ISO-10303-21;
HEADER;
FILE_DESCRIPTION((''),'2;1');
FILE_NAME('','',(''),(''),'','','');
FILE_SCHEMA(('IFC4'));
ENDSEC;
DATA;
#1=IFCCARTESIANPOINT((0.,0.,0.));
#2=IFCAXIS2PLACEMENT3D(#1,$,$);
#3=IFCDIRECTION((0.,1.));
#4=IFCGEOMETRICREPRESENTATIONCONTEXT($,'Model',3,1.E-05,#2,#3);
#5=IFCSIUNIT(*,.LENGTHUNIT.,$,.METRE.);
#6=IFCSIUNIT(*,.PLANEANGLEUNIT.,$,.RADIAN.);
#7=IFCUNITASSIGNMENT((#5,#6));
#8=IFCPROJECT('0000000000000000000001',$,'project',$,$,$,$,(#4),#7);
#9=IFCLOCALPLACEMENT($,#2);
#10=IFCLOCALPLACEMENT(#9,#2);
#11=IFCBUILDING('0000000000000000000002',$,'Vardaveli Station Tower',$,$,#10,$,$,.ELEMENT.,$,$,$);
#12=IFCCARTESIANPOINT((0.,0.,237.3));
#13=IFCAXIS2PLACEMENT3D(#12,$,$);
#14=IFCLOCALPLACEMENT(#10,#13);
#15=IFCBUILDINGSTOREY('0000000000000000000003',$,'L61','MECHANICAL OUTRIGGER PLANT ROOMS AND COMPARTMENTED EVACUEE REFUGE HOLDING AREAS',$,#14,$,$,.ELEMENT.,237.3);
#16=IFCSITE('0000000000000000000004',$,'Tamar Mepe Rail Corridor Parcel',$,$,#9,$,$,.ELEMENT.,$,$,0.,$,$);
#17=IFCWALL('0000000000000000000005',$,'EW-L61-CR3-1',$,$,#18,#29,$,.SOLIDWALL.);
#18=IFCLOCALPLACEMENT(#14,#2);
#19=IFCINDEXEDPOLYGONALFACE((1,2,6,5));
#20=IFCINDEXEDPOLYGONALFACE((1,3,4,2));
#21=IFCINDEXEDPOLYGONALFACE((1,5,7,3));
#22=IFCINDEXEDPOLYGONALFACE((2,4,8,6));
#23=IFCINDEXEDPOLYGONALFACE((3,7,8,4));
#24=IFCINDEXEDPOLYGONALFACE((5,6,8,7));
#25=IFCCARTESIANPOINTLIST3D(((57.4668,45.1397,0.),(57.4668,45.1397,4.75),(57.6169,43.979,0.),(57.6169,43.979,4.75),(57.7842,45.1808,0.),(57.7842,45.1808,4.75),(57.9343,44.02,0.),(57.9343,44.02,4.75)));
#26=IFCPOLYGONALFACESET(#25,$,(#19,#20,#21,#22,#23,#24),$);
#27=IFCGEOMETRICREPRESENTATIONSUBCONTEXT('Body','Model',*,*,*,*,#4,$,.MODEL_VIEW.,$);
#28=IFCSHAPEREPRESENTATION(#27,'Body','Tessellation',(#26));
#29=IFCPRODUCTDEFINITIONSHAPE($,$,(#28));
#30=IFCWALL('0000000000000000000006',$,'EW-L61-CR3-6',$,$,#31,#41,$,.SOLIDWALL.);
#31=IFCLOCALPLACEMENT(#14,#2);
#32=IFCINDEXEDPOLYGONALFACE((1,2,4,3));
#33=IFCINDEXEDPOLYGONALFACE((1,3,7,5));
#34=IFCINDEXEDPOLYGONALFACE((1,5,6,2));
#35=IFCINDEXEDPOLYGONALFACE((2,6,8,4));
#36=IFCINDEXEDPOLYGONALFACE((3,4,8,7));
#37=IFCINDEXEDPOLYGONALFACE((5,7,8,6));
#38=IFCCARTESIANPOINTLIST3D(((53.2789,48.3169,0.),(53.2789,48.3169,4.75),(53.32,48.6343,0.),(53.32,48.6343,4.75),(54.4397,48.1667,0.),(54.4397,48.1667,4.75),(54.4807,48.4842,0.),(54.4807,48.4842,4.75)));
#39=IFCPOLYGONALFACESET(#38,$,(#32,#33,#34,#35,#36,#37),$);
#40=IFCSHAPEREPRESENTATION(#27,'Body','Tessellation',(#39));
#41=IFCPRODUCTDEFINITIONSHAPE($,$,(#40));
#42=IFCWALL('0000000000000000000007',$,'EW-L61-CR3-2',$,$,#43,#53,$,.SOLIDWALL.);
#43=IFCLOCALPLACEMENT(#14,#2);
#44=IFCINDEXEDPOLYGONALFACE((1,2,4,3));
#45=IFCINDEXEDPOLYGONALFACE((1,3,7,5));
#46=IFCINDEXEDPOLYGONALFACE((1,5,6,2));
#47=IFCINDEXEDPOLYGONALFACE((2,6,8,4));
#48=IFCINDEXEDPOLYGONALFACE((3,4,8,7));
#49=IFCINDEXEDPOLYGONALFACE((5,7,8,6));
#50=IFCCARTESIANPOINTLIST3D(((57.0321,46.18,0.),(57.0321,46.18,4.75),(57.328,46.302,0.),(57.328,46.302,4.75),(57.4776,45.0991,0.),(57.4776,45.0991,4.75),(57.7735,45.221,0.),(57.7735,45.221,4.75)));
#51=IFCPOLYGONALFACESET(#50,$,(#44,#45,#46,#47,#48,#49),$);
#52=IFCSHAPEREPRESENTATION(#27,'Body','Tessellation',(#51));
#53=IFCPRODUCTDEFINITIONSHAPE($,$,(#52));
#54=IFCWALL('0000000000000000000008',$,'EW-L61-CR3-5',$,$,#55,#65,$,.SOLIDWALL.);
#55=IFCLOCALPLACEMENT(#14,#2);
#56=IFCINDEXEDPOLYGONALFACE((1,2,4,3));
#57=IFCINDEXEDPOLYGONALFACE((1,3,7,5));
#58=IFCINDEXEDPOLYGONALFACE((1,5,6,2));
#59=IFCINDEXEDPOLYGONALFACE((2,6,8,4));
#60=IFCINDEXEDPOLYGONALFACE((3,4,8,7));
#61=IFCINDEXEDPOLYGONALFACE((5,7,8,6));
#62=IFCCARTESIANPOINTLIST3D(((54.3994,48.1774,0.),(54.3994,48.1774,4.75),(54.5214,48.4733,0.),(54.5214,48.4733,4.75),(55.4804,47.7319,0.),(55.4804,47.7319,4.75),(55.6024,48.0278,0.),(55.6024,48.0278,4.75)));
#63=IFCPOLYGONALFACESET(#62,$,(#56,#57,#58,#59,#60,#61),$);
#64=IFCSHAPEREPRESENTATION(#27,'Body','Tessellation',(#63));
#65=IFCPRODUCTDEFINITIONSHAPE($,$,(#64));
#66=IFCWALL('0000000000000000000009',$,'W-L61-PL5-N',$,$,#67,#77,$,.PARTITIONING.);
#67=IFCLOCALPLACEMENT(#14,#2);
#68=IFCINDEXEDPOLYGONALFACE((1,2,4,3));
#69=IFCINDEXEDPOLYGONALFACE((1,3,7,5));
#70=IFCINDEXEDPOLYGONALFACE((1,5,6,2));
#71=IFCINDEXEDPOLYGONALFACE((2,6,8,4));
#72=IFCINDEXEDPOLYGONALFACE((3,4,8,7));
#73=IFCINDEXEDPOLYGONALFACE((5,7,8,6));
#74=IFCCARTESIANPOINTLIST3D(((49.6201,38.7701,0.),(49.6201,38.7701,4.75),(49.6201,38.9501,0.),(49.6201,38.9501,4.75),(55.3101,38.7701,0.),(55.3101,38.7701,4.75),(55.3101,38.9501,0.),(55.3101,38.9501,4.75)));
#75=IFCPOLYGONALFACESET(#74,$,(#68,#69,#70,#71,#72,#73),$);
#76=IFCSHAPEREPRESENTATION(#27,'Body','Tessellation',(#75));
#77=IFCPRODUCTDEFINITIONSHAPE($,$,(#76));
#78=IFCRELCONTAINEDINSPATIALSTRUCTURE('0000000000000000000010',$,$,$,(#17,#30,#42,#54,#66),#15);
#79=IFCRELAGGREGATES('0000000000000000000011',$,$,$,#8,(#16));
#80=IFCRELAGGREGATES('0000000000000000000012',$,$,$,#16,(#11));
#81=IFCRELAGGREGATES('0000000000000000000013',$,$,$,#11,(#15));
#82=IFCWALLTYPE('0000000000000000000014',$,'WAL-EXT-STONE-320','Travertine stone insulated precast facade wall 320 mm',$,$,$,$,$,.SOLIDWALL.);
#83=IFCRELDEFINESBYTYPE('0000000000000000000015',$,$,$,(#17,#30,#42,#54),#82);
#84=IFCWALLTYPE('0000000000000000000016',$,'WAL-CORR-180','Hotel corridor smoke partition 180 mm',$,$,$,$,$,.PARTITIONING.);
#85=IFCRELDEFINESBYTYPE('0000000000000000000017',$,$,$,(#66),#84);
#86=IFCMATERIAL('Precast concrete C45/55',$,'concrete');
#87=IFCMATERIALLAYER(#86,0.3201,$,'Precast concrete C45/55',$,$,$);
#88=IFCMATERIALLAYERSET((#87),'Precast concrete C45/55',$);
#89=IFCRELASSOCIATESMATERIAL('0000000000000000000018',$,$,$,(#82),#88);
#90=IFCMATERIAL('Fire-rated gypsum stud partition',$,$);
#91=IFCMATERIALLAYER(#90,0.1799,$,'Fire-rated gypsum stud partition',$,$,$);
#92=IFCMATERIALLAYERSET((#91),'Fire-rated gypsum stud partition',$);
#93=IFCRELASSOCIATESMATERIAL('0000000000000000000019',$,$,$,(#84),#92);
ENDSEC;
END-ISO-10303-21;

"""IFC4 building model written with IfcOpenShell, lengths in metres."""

from ifc_helpers import new_model, si_unit, direction, frame, frame_2d, origin, place, context, subcontext, project, spatial, rectangle, extrude, source, transform, mapped, material, layer, layer_set, type_object, element, save


model = new_model("IFC4")

# Units and contexts
model_context = context("Model", 3, precision=1e-05, world=origin(), true_north=direction((0.0, 1.0)))
body_context = subcontext(model_context, "Body", "Model", "MODEL_VIEW")
ifc_project = project(units=[si_unit("LENGTHUNIT", "METRE"), si_unit("PLANEANGLEUNIT", "RADIAN")], contexts=[model_context])

# Site, building, storey
site_placement = place(None, origin())
site = spatial("IfcSite", under=ifc_project, at=site_placement, Name="Tamar Mepe Rail Corridor Parcel", CompositionType="ELEMENT", RefElevation=0.0)
building_placement = place(site_placement, origin())
building = spatial("IfcBuilding", under=site, at=building_placement, Name="Vardaveli Station Tower", CompositionType="ELEMENT")
storey_placement = place(building_placement, frame((0.0, 0.0, 237.3)))
storey = spatial("IfcBuildingStorey", under=building, at=storey_placement, Name="L61", Description="MECHANICAL OUTRIGGER PLANT ROOMS AND COMPARTMENTED EVACUEE REFUGE HOLDING AREAS", CompositionType="ELEMENT", Elevation=237.3)

# Walls
ifc_material_1 = material(Name="Precast concrete C45/55", Category="concrete")
ifc_layer_1 = layer(ifc_material_1, 0.3201, Name="Precast concrete C45/55")
ifc_layer_set_1 = layer_set([ifc_layer_1], Name="Precast concrete C45/55")
wall_type_1 = type_object("IfcWallType", Name="WAL-EXT-STONE-320", Description="Travertine stone insulated precast facade wall 320 mm", PredefinedType="SOLIDWALL", material=ifc_layer_set_1)
shared_shape_1 = source(origin(), body_context, "Body", "SweptSolid", [
    extrude(rectangle(XDim=1.1704, YDim=0.3201, at=frame_2d((0.5852, 0.0))), origin(), (0.0, 0.0, 1.0), 4.75),
])
for number, where, z_axis, x_axis, name in (
    (1, (57.7756, 43.9995, 0.0), (0.0, 0.0, 1.0), (-0.128296, 0.991736, 0.0), "EW-L61-CR3-1"),
    (2, (54.4602, 48.3254, 0.0), (0.0, 0.0, 1.0), (-0.991736, 0.128296, 0.0), "EW-L61-CR3-6"),
):
    element("IfcWall", number, at=place(storey_placement, frame(where, z_axis=z_axis, x_axis=x_axis)), inside=storey, type_object=wall_type_1, Name=name, PredefinedType="SOLIDWALL", context=body_context, shape_type="MappedRepresentation", body=[
        mapped(shared_shape_1, transform((0.0, 0.0, 0.0), scale=1.0)),
    ])
shared_shape_2 = source(origin(), body_context, "Body", "SweptSolid", [
    extrude(rectangle(XDim=1.1692, YDim=0.3201, at=frame_2d((0.5845, 0.0))), origin(), (0.0, 0.0, 1.0), 4.75),
])
for number, where, z_axis, x_axis, name in (
    (3, (57.6255, 45.1602, 0.0), (0.0, 0.0, 1.0), (-0.381054, 0.924553, 0.0), "EW-L61-CR3-2"),
    (4, (55.5413, 47.8799, 0.0), (0.0, 0.0, 1.0), (-0.924553, 0.381054, 0.0), "EW-L61-CR3-5"),
):
    element("IfcWall", number, at=place(storey_placement, frame(where, z_axis=z_axis, x_axis=x_axis)), inside=storey, type_object=wall_type_1, Name=name, PredefinedType="SOLIDWALL", context=body_context, shape_type="MappedRepresentation", body=[
        mapped(shared_shape_2, transform((0.0, 0.0, 0.0), scale=1.0)),
    ])
ifc_material_2 = material(Name="Fire-rated gypsum stud partition")
ifc_layer_2 = layer(ifc_material_2, 0.1799, Name="Fire-rated gypsum stud partition")
ifc_layer_set_2 = layer_set([ifc_layer_2], Name="Fire-rated gypsum stud partition")
wall_type_2 = type_object("IfcWallType", Name="WAL-CORR-180", Description="Hotel corridor smoke partition 180 mm", PredefinedType="PARTITIONING", material=ifc_layer_set_2)
shared_shape_3 = source(origin(), body_context, "Body", "SweptSolid", [
    extrude(rectangle(XDim=5.6899, YDim=0.1799, at=frame_2d((2.845, 0.0))), origin(), (0.0, 0.0, 1.0), 4.75),
])
wall_1_placement = place(storey_placement, frame((49.6201, 38.8601, 0.0), z_axis=(0.0, 0.0, 1.0), x_axis=(1.0, 0.0, 0.0)))
element("IfcWall", 5, at=wall_1_placement, inside=storey, type_object=wall_type_2, Name="W-L61-PL5-N", PredefinedType="PARTITIONING", context=body_context, shape_type="MappedRepresentation", body=[
    mapped(shared_shape_3, transform((0.0, 0.0, 0.0), scale=1.0)),
])

save(model, "model.ifc")
